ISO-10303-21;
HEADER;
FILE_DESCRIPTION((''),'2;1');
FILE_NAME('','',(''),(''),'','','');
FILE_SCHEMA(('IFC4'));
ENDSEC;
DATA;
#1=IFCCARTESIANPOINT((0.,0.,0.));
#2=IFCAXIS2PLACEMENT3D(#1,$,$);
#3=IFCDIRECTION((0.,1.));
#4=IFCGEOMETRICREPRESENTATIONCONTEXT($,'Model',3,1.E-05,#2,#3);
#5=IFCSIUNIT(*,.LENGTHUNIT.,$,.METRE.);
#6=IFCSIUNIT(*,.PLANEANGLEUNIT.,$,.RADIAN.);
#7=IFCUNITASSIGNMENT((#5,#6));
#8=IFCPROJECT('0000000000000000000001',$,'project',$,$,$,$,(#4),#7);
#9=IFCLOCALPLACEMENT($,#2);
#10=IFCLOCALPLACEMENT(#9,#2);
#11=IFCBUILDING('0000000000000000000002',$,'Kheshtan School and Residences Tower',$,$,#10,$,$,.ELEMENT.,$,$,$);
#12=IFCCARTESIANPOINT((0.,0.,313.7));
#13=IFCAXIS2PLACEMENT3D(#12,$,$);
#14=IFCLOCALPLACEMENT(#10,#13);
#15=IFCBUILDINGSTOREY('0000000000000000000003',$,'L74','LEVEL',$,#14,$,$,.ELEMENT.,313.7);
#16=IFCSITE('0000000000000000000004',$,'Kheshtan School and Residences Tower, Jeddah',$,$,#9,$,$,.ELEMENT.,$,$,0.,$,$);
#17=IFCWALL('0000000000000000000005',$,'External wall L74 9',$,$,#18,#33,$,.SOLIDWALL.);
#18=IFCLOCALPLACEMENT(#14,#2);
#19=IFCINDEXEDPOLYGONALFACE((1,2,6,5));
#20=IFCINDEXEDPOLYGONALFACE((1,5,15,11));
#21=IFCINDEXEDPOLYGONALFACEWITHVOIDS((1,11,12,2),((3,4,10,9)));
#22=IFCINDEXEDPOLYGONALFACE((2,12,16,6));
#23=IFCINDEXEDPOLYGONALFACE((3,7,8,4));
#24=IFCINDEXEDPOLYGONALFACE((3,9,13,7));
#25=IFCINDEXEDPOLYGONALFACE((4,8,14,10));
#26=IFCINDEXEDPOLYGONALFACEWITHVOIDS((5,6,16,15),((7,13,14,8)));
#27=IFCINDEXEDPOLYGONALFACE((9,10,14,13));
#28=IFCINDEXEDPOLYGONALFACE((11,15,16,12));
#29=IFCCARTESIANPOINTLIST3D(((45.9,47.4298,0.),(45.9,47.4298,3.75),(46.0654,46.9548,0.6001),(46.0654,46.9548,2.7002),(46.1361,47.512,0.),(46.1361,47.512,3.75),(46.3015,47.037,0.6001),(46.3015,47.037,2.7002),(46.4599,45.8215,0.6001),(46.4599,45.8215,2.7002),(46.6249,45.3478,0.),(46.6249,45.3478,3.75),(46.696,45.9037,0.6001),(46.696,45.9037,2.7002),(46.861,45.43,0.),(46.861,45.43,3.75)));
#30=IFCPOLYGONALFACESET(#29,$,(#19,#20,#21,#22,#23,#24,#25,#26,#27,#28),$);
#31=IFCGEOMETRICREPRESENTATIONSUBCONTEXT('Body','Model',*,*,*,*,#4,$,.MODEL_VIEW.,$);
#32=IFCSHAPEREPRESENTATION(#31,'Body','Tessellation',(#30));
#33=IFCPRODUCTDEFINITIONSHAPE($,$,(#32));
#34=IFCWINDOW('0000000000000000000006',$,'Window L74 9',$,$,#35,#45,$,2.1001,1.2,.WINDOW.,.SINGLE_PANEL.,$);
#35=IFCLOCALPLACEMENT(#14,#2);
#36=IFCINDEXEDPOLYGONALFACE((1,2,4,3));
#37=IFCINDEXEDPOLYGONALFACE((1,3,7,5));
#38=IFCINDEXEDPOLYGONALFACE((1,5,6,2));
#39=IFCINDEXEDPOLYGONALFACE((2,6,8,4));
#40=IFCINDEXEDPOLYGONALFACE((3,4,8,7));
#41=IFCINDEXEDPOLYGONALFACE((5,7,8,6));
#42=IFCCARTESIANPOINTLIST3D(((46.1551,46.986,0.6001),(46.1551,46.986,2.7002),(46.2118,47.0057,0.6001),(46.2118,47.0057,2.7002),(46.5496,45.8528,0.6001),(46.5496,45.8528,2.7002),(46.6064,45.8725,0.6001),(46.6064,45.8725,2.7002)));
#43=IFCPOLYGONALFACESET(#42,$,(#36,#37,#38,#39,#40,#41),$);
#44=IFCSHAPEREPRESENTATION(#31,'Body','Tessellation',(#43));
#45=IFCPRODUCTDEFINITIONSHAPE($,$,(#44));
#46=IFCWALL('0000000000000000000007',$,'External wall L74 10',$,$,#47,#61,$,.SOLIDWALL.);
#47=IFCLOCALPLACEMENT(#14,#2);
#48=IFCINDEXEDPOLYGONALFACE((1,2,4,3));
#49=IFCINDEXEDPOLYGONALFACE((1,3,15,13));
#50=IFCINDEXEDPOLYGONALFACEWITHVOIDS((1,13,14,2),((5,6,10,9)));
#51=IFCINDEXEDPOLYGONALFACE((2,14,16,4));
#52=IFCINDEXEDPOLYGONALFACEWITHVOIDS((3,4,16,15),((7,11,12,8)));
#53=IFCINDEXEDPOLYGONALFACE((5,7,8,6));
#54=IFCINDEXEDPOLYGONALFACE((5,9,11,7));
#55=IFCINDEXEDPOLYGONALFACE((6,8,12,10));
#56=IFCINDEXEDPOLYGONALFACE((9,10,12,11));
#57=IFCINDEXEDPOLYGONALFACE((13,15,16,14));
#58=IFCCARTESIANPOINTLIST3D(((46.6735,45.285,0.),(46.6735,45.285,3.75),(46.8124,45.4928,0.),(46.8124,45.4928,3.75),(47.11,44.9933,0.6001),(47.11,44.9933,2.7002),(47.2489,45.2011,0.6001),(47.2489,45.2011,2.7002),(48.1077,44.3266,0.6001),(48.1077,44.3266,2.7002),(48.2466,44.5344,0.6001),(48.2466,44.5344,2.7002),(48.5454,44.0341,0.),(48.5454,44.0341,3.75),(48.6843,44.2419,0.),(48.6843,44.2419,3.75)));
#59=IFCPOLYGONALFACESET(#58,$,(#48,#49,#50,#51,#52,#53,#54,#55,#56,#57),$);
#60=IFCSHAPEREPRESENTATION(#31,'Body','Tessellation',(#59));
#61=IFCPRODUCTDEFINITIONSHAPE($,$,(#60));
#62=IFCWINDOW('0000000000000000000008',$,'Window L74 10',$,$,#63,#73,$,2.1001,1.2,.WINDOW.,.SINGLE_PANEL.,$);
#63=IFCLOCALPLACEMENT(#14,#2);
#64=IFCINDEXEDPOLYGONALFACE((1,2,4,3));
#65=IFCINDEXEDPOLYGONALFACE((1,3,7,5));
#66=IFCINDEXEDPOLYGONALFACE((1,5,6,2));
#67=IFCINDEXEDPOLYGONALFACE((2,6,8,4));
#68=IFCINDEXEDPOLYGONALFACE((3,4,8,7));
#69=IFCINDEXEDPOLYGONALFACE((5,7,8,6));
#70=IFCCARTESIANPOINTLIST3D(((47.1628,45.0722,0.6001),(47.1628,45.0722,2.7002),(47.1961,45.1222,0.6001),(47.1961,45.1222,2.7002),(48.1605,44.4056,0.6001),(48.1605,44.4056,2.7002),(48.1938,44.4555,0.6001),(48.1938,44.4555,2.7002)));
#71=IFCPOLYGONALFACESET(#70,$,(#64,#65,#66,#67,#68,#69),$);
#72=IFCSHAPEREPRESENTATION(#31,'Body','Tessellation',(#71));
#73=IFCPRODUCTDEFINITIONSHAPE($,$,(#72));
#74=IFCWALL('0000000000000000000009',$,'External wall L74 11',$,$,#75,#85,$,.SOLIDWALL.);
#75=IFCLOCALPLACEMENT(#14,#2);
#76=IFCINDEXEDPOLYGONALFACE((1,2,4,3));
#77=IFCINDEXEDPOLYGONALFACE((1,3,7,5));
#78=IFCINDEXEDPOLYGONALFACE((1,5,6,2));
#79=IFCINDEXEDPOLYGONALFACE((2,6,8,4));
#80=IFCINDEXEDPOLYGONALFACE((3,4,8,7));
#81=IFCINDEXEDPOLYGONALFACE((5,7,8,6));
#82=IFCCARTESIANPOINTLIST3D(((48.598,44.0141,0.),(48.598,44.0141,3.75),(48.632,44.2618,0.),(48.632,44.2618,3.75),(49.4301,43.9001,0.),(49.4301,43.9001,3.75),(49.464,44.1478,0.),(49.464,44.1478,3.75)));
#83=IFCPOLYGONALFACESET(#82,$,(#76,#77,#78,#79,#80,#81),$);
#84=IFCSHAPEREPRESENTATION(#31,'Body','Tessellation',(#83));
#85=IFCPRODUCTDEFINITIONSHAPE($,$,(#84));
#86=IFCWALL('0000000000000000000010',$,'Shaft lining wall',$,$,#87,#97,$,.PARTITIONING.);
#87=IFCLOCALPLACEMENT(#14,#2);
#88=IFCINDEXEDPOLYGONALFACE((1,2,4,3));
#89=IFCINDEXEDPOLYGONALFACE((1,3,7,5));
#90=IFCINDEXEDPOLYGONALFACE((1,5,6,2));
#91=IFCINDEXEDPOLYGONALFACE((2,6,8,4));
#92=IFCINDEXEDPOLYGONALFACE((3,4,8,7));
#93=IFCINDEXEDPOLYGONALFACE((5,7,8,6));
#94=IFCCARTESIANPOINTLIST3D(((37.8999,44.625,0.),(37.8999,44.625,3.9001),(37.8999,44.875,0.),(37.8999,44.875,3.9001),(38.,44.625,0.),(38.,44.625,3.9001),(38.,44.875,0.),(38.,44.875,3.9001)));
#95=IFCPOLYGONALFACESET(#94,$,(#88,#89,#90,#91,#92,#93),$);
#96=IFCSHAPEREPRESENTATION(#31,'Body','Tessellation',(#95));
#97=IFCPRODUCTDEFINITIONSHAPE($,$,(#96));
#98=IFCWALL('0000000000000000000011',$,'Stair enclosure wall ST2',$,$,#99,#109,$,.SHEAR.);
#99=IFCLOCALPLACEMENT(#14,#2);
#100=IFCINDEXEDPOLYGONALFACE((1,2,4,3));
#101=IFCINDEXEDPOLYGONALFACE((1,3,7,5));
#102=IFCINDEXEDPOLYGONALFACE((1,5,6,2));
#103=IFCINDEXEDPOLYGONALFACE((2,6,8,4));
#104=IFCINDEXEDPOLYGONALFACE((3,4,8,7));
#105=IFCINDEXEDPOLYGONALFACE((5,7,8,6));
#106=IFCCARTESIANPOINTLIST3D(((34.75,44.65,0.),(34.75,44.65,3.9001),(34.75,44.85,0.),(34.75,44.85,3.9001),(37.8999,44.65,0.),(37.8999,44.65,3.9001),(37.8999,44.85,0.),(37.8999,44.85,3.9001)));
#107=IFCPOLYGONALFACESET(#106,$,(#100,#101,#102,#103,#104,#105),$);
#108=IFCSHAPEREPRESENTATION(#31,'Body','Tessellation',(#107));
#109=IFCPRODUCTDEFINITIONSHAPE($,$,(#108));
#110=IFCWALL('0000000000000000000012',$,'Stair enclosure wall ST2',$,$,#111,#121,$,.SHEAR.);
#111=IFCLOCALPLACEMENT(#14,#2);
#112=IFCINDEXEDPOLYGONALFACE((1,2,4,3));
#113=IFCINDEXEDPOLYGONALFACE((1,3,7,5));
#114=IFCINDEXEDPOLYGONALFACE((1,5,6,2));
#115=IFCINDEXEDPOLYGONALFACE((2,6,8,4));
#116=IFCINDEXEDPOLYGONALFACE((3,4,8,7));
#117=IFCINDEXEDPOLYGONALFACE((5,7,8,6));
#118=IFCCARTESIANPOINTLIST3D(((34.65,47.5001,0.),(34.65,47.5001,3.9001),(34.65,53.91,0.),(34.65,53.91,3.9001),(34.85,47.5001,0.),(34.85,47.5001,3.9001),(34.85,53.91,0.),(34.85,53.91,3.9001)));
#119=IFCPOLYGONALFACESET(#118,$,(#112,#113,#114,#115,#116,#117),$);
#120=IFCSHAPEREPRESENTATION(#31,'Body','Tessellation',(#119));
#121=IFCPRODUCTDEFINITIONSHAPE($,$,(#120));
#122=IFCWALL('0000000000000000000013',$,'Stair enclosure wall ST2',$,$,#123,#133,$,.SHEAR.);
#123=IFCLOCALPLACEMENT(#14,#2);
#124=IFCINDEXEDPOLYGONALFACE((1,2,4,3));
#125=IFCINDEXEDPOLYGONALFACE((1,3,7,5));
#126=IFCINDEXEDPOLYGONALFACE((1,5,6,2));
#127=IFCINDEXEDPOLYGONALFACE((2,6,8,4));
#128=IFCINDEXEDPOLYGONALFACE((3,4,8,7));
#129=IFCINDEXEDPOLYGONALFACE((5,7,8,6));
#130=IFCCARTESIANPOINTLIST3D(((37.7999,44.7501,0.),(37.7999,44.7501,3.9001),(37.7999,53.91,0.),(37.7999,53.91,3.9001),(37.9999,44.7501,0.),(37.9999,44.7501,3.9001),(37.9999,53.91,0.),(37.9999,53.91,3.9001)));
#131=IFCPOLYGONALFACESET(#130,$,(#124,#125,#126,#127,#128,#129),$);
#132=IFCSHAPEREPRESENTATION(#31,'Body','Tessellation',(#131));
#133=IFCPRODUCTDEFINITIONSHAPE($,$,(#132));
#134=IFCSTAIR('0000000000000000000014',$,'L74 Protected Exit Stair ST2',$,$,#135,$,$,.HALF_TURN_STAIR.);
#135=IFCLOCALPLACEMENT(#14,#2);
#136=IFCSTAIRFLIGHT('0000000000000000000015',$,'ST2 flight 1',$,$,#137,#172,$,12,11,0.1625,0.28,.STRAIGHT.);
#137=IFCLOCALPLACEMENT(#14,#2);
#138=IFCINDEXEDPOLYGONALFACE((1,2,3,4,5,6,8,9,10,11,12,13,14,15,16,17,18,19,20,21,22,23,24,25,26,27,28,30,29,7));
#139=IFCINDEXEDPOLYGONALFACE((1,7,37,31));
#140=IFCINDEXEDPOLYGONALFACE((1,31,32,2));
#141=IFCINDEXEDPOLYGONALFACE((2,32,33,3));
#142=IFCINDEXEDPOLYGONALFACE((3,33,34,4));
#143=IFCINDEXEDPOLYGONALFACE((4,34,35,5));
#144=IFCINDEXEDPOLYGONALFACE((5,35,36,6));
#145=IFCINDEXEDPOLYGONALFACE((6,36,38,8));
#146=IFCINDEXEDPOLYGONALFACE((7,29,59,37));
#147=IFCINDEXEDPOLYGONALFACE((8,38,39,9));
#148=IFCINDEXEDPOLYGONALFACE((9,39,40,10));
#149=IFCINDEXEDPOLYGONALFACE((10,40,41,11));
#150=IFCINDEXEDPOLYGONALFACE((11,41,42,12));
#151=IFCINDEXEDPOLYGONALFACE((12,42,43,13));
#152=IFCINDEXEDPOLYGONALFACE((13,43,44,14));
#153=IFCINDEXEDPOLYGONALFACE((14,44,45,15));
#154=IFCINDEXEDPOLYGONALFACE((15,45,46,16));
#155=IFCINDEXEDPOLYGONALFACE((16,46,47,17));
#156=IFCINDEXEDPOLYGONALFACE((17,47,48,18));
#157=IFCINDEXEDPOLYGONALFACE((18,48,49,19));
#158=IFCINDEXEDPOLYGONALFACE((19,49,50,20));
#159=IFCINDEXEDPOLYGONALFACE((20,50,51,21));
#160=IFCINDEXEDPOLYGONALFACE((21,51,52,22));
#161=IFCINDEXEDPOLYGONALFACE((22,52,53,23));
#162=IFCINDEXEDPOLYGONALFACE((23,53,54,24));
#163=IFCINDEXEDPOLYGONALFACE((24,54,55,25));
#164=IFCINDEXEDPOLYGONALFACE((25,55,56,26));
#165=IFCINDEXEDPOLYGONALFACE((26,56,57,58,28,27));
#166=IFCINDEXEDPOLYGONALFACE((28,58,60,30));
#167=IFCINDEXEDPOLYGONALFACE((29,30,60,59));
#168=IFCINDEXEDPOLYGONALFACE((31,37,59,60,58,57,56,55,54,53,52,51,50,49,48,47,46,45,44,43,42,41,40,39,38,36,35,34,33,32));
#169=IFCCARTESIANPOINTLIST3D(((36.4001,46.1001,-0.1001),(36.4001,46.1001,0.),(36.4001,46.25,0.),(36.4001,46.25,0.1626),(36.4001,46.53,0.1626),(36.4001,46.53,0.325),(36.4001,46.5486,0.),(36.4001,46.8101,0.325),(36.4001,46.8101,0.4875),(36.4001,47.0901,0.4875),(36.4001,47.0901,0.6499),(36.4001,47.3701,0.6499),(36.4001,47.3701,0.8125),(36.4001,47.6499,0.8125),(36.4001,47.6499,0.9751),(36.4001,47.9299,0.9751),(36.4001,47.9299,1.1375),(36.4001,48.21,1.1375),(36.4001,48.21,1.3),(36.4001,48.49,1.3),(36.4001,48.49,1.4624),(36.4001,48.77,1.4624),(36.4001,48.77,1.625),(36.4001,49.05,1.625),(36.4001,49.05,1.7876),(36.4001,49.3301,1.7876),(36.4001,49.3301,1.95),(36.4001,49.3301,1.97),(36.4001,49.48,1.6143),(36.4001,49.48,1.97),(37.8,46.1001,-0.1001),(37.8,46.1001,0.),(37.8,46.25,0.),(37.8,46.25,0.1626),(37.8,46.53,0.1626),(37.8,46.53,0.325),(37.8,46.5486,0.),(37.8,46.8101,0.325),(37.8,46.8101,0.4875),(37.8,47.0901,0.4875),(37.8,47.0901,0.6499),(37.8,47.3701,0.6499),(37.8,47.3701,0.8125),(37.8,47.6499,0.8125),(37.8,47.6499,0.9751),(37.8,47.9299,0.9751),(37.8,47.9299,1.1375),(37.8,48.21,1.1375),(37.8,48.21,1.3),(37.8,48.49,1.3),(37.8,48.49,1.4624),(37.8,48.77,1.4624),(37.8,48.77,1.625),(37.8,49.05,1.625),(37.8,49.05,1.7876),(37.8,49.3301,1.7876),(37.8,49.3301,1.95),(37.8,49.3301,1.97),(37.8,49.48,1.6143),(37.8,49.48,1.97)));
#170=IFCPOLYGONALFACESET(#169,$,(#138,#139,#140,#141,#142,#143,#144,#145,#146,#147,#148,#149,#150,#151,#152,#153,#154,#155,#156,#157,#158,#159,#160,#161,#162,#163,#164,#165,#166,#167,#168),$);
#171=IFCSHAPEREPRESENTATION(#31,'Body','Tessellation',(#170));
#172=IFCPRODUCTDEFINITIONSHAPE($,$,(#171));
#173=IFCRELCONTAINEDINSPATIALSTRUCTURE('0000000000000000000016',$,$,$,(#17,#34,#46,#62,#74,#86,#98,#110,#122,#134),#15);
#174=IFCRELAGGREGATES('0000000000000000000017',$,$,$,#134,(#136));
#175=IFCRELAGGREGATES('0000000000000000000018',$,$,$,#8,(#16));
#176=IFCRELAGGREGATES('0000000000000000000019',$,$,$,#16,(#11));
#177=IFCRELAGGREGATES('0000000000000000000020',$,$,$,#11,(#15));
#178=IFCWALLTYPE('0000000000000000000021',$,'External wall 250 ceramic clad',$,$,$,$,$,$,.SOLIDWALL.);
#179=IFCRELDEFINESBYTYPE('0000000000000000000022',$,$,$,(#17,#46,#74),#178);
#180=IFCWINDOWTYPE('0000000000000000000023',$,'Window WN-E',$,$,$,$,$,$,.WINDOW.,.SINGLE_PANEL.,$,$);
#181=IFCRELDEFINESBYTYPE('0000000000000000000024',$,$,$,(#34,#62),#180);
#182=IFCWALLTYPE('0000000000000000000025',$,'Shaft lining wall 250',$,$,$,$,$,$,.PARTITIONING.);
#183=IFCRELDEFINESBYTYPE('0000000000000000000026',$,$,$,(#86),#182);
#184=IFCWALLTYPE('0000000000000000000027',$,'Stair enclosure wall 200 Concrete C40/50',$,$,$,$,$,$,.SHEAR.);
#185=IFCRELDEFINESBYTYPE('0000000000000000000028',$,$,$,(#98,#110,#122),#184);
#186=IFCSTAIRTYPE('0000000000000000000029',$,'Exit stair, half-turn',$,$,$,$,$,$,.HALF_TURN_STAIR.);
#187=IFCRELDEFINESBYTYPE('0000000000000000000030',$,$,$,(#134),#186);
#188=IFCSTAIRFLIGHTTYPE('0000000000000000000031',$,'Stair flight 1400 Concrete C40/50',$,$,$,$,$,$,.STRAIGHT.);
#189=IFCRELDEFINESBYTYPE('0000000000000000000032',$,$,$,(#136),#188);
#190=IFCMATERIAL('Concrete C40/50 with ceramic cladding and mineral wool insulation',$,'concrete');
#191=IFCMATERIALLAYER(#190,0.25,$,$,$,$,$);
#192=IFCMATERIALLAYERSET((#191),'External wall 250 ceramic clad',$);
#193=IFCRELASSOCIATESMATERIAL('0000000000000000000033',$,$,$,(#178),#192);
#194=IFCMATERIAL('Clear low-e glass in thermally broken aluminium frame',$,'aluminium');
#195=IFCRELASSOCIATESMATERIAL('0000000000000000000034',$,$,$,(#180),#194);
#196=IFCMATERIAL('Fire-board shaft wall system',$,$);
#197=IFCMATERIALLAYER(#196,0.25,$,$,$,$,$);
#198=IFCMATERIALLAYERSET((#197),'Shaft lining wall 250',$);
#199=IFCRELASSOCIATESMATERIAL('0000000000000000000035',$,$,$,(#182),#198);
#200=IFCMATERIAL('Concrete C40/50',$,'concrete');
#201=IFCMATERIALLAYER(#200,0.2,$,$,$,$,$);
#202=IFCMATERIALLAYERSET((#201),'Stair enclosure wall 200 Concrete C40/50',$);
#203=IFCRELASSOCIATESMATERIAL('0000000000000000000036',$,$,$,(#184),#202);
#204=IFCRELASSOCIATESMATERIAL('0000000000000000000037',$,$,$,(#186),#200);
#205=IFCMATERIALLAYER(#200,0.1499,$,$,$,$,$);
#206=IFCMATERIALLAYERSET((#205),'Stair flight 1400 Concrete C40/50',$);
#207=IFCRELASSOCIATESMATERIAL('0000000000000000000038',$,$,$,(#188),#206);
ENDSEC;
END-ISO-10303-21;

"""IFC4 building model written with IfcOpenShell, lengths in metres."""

from ifc_helpers import new_model, si_unit, direction, frame, frame_2d, origin, place, context, subcontext, project, spatial, polyline, rectangle, outline, extrude, source, transform, mapped, material, layer, layer_set, type_object, element, fill, aggregate, save


model = new_model("IFC4")

# Units and contexts
model_context = context("Model", 3, precision=1e-05, world=origin(), true_north=direction((0.0, 1.0)))
body_context = subcontext(model_context, "Body", "Model", "MODEL_VIEW")
ifc_project = project(units=[si_unit("LENGTHUNIT", "METRE"), si_unit("PLANEANGLEUNIT", "RADIAN")], contexts=[model_context])

# Site, building, storey
site_placement = place(None, origin())
site = spatial("IfcSite", under=ifc_project, at=site_placement, Name="Kheshtan School and Residences Tower, Jeddah", CompositionType="ELEMENT", RefElevation=0.0)
building_placement = place(site_placement, origin())
building = spatial("IfcBuilding", under=site, at=building_placement, Name="Kheshtan School and Residences Tower", CompositionType="ELEMENT")
storey_placement = place(building_placement, frame((0.0, 0.0, 313.7)))
storey = spatial("IfcBuildingStorey", under=building, at=storey_placement, Name="L74", Description="LEVEL", CompositionType="ELEMENT", Elevation=313.7)

# Shared definitions
ifc_material_1 = material(Name="Clear low-e glass in thermally broken aluminium frame", Category="aluminium")

# Walls, openings, windows
ifc_material_2 = material(Name="Concrete C40/50 with ceramic cladding and mineral wool insulation", Category="concrete")
ifc_layer_1 = layer(ifc_material_2, 0.25)
ifc_layer_set_1 = layer_set([ifc_layer_1], Name="External wall 250 ceramic clad")
wall_type_1 = type_object("IfcWallType", Name="External wall 250 ceramic clad", PredefinedType="SOLIDWALL", material=ifc_layer_set_1)
wall_1_placement = place(storey_placement, frame((46.0181, 47.4709, 0.0), z_axis=(0.0, 0.0, 1.0), x_axis=(0.328791, -0.944403, 0.0)))
wall_1 = element("IfcWall", 1, at=wall_1_placement, inside=storey, type_object=wall_type_1, Name="External wall L74 9", PredefinedType="SOLIDWALL", context=body_context, shape_type="SweptSolid", body=[
    extrude(rectangle(XDim=2.2046, YDim=0.25, at=frame_2d((1.1023, 0.0))), origin(), (0.0, 0.0, 1.0), 3.75),
])
opening_1_placement = place(wall_1_placement, frame((0.5029, 0.0, 0.6001)))
opening_1 = element("IfcOpeningElement", 2, at=opening_1_placement, cuts=wall_1, PredefinedType="OPENING", context=body_context, shape_type="SweptSolid", body=[
    extrude(rectangle(XDim=1.2, YDim=2.1001, at=frame_2d((0.6001, 1.05))), frame((0.0, 0.135, 0.0), z_axis=(0.0, -1.0, 0.0), x_axis=(1.0, 0.0, 0.0)), (0.0, 0.0, 1.0), 0.27),
])
window_type = type_object("IfcWindowType", Name="Window WN-E", PartitioningType="SINGLE_PANEL", PredefinedType="WINDOW", material=ifc_material_1)
shared_shape_1 = source(origin(), body_context, "Body", "SweptSolid", [
    extrude(rectangle(XDim=1.2, YDim=2.1001, at=frame_2d((0.6001, 1.05))), frame((0.0, 0.03, 0.0), z_axis=(0.0, -1.0, 0.0), x_axis=(1.0, 0.0, 0.0)), (0.0, 0.0, 1.0), 0.0601),
])
window_1_placement = place(opening_1_placement, origin())
window_1 = element("IfcWindow", 3, at=window_1_placement, inside=storey, type_object=window_type, Name="Window L74 9", OverallHeight=2.1001, OverallWidth=1.2, PartitioningType="SINGLE_PANEL", PredefinedType="WINDOW", context=body_context, shape_type="MappedRepresentation", body=[
    mapped(shared_shape_1, transform((0.0, 0.0, 0.0), x_axis=(1.0, 0.0, 0.0), y_axis=(0.0, 1.0, 0.0), z_axis=(0.0, 0.0, 1.0), scale=1.0)),
])
fill(opening_1, window_1)
wall_2_placement = place(storey_placement, frame((46.7429, 45.3889, 0.0), z_axis=(0.0, 0.0, 1.0), x_axis=(0.831449, -0.555601, 0.0)))
wall_2 = element("IfcWall", 4, at=wall_2_placement, inside=storey, type_object=wall_type_1, Name="External wall L74 10", PredefinedType="SOLIDWALL", context=body_context, shape_type="SweptSolid", body=[
    extrude(rectangle(XDim=2.2515, YDim=0.25, at=frame_2d((1.1257, 0.0))), origin(), (0.0, 0.0, 1.0), 3.75),
])
opening_2_placement = place(wall_2_placement, frame((0.5249, 0.0, 0.6001)))
opening_2 = element("IfcOpeningElement", 5, at=opening_2_placement, cuts=wall_2, PredefinedType="OPENING", context=body_context, shape_type="SweptSolid", body=[
    extrude(rectangle(XDim=1.2, YDim=2.1001, at=frame_2d((0.6001, 1.05))), frame((0.0, 0.135, 0.0), z_axis=(0.0, -1.0, 0.0), x_axis=(1.0, 0.0, 0.0)), (0.0, 0.0, 1.0), 0.27),
])
window_2_placement = place(opening_2_placement, origin())
window_2 = element("IfcWindow", 6, at=window_2_placement, inside=storey, type_object=window_type, Name="Window L74 10", OverallHeight=2.1001, OverallWidth=1.2, PartitioningType="SINGLE_PANEL", PredefinedType="WINDOW", context=body_context, shape_type="MappedRepresentation", body=[
    mapped(shared_shape_1, transform((0.0, 0.0, 0.0), x_axis=(1.0, 0.0, 0.0), y_axis=(0.0, 1.0, 0.0), z_axis=(0.0, 0.0, 1.0), scale=1.0)),
])
fill(opening_2, window_2)

# Wall
wall_3_placement = place(storey_placement, frame((48.615, 44.1379, 0.0), z_axis=(0.0, 0.0, 1.0), x_axis=(0.990742, -0.135762, 0.0)))
element("IfcWall", 7, at=wall_3_placement, inside=storey, type_object=wall_type_1, Name="External wall L74 11", PredefinedType="SOLIDWALL", context=body_context, shape_type="SweptSolid", body=[
    extrude(rectangle(XDim=0.8398, YDim=0.25, at=frame_2d((0.4199, 0.0))), origin(), (0.0, 0.0, 1.0), 3.75),
])

# Walls
ifc_material_3 = material(Name="Fire-board shaft wall system")
ifc_layer_2 = layer(ifc_material_3, 0.25)
ifc_layer_set_2 = layer_set([ifc_layer_2], Name="Shaft lining wall 250")
wall_type_2 = type_object("IfcWallType", Name="Shaft lining wall 250", PredefinedType="PARTITIONING", material=ifc_layer_set_2)
wall_4_placement = place(storey_placement, frame((37.8999, 44.75, 0.0), z_axis=(0.0, 0.0, 1.0), x_axis=(1.0, 0.0, 0.0)))
element("IfcWall", 8, at=wall_4_placement, inside=storey, type_object=wall_type_2, Name="Shaft lining wall", PredefinedType="PARTITIONING", context=body_context, shape_type="SweptSolid", body=[
    extrude(rectangle(XDim=0.1001, YDim=0.25, at=frame_2d((0.05, 0.0))), origin(), (0.0, 0.0, 1.0), 3.9001),
])
ifc_material_4 = material(Name="Concrete C40/50", Category="concrete")
ifc_layer_3 = layer(ifc_material_4, 0.2)
ifc_layer_set_3 = layer_set([ifc_layer_3], Name="Stair enclosure wall 200 Concrete C40/50")
wall_type_3 = type_object("IfcWallType", Name="Stair enclosure wall 200 Concrete C40/50", PredefinedType="SHEAR", material=ifc_layer_set_3)
wall_5_placement = place(storey_placement, frame((34.75, 44.75, 0.0), z_axis=(0.0, 0.0, 1.0), x_axis=(1.0, 0.0, 0.0)))
element("IfcWall", 9, at=wall_5_placement, inside=storey, type_object=wall_type_3, Name="Stair enclosure wall ST2", PredefinedType="SHEAR", context=body_context, shape_type="SweptSolid", body=[
    extrude(rectangle(XDim=3.1499, YDim=0.2, at=frame_2d((1.575, 0.0))), origin(), (0.0, 0.0, 1.0), 3.9001),
])
wall_6_placement = place(storey_placement, frame((34.75, 47.5, 0.0), z_axis=(0.0, 0.0, 1.0), x_axis=(0.0, 1.0, 0.0)))
element("IfcWall", 10, at=wall_6_placement, inside=storey, type_object=wall_type_3, Name="Stair enclosure wall ST2", PredefinedType="SHEAR", context=body_context, shape_type="SweptSolid", body=[
    extrude(rectangle(XDim=6.4099, YDim=0.2, at=frame_2d((3.2051, 0.0))), origin(), (0.0, 0.0, 1.0), 3.9001),
])
wall_7_placement = place(storey_placement, frame((37.8999, 44.75, 0.0), z_axis=(0.0, 0.0, 1.0), x_axis=(0.0, 1.0, 0.0)))
element("IfcWall", 11, at=wall_7_placement, inside=storey, type_object=wall_type_3, Name="Stair enclosure wall ST2", PredefinedType="SHEAR", context=body_context, shape_type="SweptSolid", body=[
    extrude(rectangle(XDim=9.1599, YDim=0.2, at=frame_2d((4.5801, 0.0))), origin(), (0.0, 0.0, 1.0), 3.9001),
])

# Stair, stair flight
stair_type = type_object("IfcStairType", Name="Exit stair, half-turn", PredefinedType="HALF_TURN_STAIR", material=ifc_material_4)
stair_placement = place(storey_placement, origin())
stair = element("IfcStair", 12, at=stair_placement, inside=storey, type_object=stair_type, Name="L74 Protected Exit Stair ST2", PredefinedType="HALF_TURN_STAIR")
ifc_layer_4 = layer(ifc_material_4, 0.1499)
ifc_layer_set_4 = layer_set([ifc_layer_4], Name="Stair flight 1400 Concrete C40/50")
stair_flight_type = type_object("IfcStairFlightType", Name="Stair flight 1400 Concrete C40/50", PredefinedType="STRAIGHT", material=ifc_layer_set_4)
stair_flight_1_placement = place(storey_placement, frame((37.1001, 46.25, 0.0), z_axis=(0.0, 0.0, 1.0), x_axis=(0.0, 1.0, 0.0)))
stair_flight_1 = element("IfcStairFlight", 13, at=stair_flight_1_placement, type_object=stair_flight_type, Name="ST2 flight 1", NumberOfRisers=12, NumberOfTreads=11, PredefinedType="STRAIGHT", RiserHeight=0.1625, TreadLength=0.28, context=body_context, shape_type="SweptSolid", body=[
    extrude(outline(polyline([(-0.1499, -0.1001), (-0.1499, 0.0), (0.0, 0.0), (0.0, 0.1626), (0.28, 0.1626), (0.28, 0.325), (0.5601, 0.325), (0.5601, 0.4875), (0.8401, 0.4875), (0.8401, 0.6499), (1.1201, 0.6499), (1.1201, 0.8125), (1.3999, 0.8125), (1.3999, 0.9751), (1.6799, 0.9751), (1.6799, 1.1375), (1.96, 1.1375), (1.96, 1.3), (2.24, 1.3), (2.24, 1.4624), (2.52, 1.4624), (2.52, 1.625), (2.8, 1.625), (2.8, 1.7876), (3.0801, 1.7876), (3.0801, 1.95), (3.0801, 1.97), (3.23, 1.97), (3.23, 1.6143), (0.2986, 0.0), (-0.1499, -0.1001)])), frame((0.0, 0.7, 0.0), z_axis=(0.0, -1.0, 0.0), x_axis=(1.0, 0.0, 0.0)), (0.0, 0.0, 1.0), 1.3999),
])
aggregate(stair, [stair_flight_1])

save(model, "model.ifc")
